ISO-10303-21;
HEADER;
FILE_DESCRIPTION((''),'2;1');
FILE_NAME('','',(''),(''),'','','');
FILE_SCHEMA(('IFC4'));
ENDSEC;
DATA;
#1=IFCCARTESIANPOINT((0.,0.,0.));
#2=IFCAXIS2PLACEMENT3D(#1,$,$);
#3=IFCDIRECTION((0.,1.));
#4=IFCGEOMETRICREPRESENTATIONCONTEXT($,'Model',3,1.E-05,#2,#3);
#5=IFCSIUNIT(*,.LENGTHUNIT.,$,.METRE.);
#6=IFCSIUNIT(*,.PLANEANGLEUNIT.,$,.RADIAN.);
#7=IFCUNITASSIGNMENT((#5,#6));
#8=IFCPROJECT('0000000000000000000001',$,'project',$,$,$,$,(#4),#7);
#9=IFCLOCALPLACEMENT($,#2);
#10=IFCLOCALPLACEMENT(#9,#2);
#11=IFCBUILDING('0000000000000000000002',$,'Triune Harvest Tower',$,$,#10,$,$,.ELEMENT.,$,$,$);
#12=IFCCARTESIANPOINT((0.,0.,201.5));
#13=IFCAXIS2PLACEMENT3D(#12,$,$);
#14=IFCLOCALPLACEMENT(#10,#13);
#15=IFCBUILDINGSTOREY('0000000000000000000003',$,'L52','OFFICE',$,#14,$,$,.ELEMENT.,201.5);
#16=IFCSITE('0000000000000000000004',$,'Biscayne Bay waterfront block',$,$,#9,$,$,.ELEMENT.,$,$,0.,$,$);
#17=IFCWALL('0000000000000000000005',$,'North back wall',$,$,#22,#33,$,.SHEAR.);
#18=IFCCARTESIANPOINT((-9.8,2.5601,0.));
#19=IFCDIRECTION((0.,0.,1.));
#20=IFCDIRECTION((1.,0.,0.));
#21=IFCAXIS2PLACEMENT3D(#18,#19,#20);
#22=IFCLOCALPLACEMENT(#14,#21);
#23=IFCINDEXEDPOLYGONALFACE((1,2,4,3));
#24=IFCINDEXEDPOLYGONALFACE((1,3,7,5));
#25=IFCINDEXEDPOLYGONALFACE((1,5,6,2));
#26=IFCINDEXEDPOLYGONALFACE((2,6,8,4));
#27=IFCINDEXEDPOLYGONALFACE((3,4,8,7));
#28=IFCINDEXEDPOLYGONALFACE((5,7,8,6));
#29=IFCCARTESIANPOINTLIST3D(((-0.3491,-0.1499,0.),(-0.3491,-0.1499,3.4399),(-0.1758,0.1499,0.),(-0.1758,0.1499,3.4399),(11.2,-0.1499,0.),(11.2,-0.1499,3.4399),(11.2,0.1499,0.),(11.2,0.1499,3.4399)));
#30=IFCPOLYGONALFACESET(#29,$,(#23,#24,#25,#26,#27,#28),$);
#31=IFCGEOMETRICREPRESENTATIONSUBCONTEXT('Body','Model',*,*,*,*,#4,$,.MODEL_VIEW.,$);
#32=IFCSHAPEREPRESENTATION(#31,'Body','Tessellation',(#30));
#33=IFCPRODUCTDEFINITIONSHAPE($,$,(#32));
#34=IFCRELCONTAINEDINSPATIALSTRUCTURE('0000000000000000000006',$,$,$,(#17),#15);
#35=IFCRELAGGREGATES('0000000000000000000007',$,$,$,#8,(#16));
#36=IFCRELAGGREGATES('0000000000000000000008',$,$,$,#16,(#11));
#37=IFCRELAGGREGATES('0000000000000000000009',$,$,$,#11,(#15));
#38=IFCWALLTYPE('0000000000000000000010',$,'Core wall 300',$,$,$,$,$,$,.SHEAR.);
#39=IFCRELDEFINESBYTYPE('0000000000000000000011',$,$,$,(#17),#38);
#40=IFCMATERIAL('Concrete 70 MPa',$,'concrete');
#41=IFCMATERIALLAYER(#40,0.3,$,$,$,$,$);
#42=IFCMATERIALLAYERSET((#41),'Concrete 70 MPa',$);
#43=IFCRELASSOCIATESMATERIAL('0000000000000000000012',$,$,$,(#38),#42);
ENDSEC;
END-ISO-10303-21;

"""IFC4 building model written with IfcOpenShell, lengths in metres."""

from ifc_helpers import new_model, si_unit, direction, frame, origin, place, context, subcontext, project, spatial, polyline, outline, extrude, source, transform, mapped, material, layer, layer_set, type_object, element, save


model = new_model("IFC4")

# Units and contexts
model_context = context("Model", 3, precision=1e-05, world=origin(), true_north=direction((0.0, 1.0)))
body_context = subcontext(model_context, "Body", "Model", "MODEL_VIEW")
ifc_project = project(units=[si_unit("LENGTHUNIT", "METRE"), si_unit("PLANEANGLEUNIT", "RADIAN")], contexts=[model_context])

# Site, building, storey
site_placement = place(None, origin())
site = spatial("IfcSite", under=ifc_project, at=site_placement, Name="Biscayne Bay waterfront block", CompositionType="ELEMENT", RefElevation=0.0)
building_placement = place(site_placement, origin())
building = spatial("IfcBuilding", under=site, at=building_placement, Name="Triune Harvest Tower", CompositionType="ELEMENT")
storey_placement = place(building_placement, frame((0.0, 0.0, 201.5)))
storey = spatial("IfcBuildingStorey", under=building, at=storey_placement, Name="L52", Description="OFFICE", CompositionType="ELEMENT", Elevation=201.5)

# Shared definitions
ifc_material_1 = material(Name="Concrete 70 MPa", Category="concrete")
ifc_layer_1 = layer(ifc_material_1, 0.3)
ifc_layer_set_1 = layer_set([ifc_layer_1], Name="Concrete 70 MPa")
wall_type_1 = type_object("IfcWallType", Name="Core wall 300", PredefinedType="SHEAR", material=ifc_layer_set_1)

# Wall
shared_shape_1 = source(origin(), body_context, "Body", "SweptSolid", [
    extrude(outline(polyline([(11.2, -0.1499), (-0.3491, -0.1499), (-0.1758, 0.1499), (11.2, 0.1499), (11.2, -0.1499)])), origin(), (0.0, 0.0, 1.0), 3.4399),
])
wall_1_placement = place(storey_placement, frame((-9.8, 2.5601, 0.0), z_axis=(0.0, 0.0, 1.0), x_axis=(1.0, 0.0, 0.0)))
element("IfcWall", 1, at=wall_1_placement, inside=storey, type_object=wall_type_1, Name="North back wall", PredefinedType="SHEAR", context=body_context, shape_type="MappedRepresentation", body=[
    mapped(shared_shape_1, transform((0.0, 0.0, 0.0), scale=1.0)),
])

save(model, "model.ifc")
